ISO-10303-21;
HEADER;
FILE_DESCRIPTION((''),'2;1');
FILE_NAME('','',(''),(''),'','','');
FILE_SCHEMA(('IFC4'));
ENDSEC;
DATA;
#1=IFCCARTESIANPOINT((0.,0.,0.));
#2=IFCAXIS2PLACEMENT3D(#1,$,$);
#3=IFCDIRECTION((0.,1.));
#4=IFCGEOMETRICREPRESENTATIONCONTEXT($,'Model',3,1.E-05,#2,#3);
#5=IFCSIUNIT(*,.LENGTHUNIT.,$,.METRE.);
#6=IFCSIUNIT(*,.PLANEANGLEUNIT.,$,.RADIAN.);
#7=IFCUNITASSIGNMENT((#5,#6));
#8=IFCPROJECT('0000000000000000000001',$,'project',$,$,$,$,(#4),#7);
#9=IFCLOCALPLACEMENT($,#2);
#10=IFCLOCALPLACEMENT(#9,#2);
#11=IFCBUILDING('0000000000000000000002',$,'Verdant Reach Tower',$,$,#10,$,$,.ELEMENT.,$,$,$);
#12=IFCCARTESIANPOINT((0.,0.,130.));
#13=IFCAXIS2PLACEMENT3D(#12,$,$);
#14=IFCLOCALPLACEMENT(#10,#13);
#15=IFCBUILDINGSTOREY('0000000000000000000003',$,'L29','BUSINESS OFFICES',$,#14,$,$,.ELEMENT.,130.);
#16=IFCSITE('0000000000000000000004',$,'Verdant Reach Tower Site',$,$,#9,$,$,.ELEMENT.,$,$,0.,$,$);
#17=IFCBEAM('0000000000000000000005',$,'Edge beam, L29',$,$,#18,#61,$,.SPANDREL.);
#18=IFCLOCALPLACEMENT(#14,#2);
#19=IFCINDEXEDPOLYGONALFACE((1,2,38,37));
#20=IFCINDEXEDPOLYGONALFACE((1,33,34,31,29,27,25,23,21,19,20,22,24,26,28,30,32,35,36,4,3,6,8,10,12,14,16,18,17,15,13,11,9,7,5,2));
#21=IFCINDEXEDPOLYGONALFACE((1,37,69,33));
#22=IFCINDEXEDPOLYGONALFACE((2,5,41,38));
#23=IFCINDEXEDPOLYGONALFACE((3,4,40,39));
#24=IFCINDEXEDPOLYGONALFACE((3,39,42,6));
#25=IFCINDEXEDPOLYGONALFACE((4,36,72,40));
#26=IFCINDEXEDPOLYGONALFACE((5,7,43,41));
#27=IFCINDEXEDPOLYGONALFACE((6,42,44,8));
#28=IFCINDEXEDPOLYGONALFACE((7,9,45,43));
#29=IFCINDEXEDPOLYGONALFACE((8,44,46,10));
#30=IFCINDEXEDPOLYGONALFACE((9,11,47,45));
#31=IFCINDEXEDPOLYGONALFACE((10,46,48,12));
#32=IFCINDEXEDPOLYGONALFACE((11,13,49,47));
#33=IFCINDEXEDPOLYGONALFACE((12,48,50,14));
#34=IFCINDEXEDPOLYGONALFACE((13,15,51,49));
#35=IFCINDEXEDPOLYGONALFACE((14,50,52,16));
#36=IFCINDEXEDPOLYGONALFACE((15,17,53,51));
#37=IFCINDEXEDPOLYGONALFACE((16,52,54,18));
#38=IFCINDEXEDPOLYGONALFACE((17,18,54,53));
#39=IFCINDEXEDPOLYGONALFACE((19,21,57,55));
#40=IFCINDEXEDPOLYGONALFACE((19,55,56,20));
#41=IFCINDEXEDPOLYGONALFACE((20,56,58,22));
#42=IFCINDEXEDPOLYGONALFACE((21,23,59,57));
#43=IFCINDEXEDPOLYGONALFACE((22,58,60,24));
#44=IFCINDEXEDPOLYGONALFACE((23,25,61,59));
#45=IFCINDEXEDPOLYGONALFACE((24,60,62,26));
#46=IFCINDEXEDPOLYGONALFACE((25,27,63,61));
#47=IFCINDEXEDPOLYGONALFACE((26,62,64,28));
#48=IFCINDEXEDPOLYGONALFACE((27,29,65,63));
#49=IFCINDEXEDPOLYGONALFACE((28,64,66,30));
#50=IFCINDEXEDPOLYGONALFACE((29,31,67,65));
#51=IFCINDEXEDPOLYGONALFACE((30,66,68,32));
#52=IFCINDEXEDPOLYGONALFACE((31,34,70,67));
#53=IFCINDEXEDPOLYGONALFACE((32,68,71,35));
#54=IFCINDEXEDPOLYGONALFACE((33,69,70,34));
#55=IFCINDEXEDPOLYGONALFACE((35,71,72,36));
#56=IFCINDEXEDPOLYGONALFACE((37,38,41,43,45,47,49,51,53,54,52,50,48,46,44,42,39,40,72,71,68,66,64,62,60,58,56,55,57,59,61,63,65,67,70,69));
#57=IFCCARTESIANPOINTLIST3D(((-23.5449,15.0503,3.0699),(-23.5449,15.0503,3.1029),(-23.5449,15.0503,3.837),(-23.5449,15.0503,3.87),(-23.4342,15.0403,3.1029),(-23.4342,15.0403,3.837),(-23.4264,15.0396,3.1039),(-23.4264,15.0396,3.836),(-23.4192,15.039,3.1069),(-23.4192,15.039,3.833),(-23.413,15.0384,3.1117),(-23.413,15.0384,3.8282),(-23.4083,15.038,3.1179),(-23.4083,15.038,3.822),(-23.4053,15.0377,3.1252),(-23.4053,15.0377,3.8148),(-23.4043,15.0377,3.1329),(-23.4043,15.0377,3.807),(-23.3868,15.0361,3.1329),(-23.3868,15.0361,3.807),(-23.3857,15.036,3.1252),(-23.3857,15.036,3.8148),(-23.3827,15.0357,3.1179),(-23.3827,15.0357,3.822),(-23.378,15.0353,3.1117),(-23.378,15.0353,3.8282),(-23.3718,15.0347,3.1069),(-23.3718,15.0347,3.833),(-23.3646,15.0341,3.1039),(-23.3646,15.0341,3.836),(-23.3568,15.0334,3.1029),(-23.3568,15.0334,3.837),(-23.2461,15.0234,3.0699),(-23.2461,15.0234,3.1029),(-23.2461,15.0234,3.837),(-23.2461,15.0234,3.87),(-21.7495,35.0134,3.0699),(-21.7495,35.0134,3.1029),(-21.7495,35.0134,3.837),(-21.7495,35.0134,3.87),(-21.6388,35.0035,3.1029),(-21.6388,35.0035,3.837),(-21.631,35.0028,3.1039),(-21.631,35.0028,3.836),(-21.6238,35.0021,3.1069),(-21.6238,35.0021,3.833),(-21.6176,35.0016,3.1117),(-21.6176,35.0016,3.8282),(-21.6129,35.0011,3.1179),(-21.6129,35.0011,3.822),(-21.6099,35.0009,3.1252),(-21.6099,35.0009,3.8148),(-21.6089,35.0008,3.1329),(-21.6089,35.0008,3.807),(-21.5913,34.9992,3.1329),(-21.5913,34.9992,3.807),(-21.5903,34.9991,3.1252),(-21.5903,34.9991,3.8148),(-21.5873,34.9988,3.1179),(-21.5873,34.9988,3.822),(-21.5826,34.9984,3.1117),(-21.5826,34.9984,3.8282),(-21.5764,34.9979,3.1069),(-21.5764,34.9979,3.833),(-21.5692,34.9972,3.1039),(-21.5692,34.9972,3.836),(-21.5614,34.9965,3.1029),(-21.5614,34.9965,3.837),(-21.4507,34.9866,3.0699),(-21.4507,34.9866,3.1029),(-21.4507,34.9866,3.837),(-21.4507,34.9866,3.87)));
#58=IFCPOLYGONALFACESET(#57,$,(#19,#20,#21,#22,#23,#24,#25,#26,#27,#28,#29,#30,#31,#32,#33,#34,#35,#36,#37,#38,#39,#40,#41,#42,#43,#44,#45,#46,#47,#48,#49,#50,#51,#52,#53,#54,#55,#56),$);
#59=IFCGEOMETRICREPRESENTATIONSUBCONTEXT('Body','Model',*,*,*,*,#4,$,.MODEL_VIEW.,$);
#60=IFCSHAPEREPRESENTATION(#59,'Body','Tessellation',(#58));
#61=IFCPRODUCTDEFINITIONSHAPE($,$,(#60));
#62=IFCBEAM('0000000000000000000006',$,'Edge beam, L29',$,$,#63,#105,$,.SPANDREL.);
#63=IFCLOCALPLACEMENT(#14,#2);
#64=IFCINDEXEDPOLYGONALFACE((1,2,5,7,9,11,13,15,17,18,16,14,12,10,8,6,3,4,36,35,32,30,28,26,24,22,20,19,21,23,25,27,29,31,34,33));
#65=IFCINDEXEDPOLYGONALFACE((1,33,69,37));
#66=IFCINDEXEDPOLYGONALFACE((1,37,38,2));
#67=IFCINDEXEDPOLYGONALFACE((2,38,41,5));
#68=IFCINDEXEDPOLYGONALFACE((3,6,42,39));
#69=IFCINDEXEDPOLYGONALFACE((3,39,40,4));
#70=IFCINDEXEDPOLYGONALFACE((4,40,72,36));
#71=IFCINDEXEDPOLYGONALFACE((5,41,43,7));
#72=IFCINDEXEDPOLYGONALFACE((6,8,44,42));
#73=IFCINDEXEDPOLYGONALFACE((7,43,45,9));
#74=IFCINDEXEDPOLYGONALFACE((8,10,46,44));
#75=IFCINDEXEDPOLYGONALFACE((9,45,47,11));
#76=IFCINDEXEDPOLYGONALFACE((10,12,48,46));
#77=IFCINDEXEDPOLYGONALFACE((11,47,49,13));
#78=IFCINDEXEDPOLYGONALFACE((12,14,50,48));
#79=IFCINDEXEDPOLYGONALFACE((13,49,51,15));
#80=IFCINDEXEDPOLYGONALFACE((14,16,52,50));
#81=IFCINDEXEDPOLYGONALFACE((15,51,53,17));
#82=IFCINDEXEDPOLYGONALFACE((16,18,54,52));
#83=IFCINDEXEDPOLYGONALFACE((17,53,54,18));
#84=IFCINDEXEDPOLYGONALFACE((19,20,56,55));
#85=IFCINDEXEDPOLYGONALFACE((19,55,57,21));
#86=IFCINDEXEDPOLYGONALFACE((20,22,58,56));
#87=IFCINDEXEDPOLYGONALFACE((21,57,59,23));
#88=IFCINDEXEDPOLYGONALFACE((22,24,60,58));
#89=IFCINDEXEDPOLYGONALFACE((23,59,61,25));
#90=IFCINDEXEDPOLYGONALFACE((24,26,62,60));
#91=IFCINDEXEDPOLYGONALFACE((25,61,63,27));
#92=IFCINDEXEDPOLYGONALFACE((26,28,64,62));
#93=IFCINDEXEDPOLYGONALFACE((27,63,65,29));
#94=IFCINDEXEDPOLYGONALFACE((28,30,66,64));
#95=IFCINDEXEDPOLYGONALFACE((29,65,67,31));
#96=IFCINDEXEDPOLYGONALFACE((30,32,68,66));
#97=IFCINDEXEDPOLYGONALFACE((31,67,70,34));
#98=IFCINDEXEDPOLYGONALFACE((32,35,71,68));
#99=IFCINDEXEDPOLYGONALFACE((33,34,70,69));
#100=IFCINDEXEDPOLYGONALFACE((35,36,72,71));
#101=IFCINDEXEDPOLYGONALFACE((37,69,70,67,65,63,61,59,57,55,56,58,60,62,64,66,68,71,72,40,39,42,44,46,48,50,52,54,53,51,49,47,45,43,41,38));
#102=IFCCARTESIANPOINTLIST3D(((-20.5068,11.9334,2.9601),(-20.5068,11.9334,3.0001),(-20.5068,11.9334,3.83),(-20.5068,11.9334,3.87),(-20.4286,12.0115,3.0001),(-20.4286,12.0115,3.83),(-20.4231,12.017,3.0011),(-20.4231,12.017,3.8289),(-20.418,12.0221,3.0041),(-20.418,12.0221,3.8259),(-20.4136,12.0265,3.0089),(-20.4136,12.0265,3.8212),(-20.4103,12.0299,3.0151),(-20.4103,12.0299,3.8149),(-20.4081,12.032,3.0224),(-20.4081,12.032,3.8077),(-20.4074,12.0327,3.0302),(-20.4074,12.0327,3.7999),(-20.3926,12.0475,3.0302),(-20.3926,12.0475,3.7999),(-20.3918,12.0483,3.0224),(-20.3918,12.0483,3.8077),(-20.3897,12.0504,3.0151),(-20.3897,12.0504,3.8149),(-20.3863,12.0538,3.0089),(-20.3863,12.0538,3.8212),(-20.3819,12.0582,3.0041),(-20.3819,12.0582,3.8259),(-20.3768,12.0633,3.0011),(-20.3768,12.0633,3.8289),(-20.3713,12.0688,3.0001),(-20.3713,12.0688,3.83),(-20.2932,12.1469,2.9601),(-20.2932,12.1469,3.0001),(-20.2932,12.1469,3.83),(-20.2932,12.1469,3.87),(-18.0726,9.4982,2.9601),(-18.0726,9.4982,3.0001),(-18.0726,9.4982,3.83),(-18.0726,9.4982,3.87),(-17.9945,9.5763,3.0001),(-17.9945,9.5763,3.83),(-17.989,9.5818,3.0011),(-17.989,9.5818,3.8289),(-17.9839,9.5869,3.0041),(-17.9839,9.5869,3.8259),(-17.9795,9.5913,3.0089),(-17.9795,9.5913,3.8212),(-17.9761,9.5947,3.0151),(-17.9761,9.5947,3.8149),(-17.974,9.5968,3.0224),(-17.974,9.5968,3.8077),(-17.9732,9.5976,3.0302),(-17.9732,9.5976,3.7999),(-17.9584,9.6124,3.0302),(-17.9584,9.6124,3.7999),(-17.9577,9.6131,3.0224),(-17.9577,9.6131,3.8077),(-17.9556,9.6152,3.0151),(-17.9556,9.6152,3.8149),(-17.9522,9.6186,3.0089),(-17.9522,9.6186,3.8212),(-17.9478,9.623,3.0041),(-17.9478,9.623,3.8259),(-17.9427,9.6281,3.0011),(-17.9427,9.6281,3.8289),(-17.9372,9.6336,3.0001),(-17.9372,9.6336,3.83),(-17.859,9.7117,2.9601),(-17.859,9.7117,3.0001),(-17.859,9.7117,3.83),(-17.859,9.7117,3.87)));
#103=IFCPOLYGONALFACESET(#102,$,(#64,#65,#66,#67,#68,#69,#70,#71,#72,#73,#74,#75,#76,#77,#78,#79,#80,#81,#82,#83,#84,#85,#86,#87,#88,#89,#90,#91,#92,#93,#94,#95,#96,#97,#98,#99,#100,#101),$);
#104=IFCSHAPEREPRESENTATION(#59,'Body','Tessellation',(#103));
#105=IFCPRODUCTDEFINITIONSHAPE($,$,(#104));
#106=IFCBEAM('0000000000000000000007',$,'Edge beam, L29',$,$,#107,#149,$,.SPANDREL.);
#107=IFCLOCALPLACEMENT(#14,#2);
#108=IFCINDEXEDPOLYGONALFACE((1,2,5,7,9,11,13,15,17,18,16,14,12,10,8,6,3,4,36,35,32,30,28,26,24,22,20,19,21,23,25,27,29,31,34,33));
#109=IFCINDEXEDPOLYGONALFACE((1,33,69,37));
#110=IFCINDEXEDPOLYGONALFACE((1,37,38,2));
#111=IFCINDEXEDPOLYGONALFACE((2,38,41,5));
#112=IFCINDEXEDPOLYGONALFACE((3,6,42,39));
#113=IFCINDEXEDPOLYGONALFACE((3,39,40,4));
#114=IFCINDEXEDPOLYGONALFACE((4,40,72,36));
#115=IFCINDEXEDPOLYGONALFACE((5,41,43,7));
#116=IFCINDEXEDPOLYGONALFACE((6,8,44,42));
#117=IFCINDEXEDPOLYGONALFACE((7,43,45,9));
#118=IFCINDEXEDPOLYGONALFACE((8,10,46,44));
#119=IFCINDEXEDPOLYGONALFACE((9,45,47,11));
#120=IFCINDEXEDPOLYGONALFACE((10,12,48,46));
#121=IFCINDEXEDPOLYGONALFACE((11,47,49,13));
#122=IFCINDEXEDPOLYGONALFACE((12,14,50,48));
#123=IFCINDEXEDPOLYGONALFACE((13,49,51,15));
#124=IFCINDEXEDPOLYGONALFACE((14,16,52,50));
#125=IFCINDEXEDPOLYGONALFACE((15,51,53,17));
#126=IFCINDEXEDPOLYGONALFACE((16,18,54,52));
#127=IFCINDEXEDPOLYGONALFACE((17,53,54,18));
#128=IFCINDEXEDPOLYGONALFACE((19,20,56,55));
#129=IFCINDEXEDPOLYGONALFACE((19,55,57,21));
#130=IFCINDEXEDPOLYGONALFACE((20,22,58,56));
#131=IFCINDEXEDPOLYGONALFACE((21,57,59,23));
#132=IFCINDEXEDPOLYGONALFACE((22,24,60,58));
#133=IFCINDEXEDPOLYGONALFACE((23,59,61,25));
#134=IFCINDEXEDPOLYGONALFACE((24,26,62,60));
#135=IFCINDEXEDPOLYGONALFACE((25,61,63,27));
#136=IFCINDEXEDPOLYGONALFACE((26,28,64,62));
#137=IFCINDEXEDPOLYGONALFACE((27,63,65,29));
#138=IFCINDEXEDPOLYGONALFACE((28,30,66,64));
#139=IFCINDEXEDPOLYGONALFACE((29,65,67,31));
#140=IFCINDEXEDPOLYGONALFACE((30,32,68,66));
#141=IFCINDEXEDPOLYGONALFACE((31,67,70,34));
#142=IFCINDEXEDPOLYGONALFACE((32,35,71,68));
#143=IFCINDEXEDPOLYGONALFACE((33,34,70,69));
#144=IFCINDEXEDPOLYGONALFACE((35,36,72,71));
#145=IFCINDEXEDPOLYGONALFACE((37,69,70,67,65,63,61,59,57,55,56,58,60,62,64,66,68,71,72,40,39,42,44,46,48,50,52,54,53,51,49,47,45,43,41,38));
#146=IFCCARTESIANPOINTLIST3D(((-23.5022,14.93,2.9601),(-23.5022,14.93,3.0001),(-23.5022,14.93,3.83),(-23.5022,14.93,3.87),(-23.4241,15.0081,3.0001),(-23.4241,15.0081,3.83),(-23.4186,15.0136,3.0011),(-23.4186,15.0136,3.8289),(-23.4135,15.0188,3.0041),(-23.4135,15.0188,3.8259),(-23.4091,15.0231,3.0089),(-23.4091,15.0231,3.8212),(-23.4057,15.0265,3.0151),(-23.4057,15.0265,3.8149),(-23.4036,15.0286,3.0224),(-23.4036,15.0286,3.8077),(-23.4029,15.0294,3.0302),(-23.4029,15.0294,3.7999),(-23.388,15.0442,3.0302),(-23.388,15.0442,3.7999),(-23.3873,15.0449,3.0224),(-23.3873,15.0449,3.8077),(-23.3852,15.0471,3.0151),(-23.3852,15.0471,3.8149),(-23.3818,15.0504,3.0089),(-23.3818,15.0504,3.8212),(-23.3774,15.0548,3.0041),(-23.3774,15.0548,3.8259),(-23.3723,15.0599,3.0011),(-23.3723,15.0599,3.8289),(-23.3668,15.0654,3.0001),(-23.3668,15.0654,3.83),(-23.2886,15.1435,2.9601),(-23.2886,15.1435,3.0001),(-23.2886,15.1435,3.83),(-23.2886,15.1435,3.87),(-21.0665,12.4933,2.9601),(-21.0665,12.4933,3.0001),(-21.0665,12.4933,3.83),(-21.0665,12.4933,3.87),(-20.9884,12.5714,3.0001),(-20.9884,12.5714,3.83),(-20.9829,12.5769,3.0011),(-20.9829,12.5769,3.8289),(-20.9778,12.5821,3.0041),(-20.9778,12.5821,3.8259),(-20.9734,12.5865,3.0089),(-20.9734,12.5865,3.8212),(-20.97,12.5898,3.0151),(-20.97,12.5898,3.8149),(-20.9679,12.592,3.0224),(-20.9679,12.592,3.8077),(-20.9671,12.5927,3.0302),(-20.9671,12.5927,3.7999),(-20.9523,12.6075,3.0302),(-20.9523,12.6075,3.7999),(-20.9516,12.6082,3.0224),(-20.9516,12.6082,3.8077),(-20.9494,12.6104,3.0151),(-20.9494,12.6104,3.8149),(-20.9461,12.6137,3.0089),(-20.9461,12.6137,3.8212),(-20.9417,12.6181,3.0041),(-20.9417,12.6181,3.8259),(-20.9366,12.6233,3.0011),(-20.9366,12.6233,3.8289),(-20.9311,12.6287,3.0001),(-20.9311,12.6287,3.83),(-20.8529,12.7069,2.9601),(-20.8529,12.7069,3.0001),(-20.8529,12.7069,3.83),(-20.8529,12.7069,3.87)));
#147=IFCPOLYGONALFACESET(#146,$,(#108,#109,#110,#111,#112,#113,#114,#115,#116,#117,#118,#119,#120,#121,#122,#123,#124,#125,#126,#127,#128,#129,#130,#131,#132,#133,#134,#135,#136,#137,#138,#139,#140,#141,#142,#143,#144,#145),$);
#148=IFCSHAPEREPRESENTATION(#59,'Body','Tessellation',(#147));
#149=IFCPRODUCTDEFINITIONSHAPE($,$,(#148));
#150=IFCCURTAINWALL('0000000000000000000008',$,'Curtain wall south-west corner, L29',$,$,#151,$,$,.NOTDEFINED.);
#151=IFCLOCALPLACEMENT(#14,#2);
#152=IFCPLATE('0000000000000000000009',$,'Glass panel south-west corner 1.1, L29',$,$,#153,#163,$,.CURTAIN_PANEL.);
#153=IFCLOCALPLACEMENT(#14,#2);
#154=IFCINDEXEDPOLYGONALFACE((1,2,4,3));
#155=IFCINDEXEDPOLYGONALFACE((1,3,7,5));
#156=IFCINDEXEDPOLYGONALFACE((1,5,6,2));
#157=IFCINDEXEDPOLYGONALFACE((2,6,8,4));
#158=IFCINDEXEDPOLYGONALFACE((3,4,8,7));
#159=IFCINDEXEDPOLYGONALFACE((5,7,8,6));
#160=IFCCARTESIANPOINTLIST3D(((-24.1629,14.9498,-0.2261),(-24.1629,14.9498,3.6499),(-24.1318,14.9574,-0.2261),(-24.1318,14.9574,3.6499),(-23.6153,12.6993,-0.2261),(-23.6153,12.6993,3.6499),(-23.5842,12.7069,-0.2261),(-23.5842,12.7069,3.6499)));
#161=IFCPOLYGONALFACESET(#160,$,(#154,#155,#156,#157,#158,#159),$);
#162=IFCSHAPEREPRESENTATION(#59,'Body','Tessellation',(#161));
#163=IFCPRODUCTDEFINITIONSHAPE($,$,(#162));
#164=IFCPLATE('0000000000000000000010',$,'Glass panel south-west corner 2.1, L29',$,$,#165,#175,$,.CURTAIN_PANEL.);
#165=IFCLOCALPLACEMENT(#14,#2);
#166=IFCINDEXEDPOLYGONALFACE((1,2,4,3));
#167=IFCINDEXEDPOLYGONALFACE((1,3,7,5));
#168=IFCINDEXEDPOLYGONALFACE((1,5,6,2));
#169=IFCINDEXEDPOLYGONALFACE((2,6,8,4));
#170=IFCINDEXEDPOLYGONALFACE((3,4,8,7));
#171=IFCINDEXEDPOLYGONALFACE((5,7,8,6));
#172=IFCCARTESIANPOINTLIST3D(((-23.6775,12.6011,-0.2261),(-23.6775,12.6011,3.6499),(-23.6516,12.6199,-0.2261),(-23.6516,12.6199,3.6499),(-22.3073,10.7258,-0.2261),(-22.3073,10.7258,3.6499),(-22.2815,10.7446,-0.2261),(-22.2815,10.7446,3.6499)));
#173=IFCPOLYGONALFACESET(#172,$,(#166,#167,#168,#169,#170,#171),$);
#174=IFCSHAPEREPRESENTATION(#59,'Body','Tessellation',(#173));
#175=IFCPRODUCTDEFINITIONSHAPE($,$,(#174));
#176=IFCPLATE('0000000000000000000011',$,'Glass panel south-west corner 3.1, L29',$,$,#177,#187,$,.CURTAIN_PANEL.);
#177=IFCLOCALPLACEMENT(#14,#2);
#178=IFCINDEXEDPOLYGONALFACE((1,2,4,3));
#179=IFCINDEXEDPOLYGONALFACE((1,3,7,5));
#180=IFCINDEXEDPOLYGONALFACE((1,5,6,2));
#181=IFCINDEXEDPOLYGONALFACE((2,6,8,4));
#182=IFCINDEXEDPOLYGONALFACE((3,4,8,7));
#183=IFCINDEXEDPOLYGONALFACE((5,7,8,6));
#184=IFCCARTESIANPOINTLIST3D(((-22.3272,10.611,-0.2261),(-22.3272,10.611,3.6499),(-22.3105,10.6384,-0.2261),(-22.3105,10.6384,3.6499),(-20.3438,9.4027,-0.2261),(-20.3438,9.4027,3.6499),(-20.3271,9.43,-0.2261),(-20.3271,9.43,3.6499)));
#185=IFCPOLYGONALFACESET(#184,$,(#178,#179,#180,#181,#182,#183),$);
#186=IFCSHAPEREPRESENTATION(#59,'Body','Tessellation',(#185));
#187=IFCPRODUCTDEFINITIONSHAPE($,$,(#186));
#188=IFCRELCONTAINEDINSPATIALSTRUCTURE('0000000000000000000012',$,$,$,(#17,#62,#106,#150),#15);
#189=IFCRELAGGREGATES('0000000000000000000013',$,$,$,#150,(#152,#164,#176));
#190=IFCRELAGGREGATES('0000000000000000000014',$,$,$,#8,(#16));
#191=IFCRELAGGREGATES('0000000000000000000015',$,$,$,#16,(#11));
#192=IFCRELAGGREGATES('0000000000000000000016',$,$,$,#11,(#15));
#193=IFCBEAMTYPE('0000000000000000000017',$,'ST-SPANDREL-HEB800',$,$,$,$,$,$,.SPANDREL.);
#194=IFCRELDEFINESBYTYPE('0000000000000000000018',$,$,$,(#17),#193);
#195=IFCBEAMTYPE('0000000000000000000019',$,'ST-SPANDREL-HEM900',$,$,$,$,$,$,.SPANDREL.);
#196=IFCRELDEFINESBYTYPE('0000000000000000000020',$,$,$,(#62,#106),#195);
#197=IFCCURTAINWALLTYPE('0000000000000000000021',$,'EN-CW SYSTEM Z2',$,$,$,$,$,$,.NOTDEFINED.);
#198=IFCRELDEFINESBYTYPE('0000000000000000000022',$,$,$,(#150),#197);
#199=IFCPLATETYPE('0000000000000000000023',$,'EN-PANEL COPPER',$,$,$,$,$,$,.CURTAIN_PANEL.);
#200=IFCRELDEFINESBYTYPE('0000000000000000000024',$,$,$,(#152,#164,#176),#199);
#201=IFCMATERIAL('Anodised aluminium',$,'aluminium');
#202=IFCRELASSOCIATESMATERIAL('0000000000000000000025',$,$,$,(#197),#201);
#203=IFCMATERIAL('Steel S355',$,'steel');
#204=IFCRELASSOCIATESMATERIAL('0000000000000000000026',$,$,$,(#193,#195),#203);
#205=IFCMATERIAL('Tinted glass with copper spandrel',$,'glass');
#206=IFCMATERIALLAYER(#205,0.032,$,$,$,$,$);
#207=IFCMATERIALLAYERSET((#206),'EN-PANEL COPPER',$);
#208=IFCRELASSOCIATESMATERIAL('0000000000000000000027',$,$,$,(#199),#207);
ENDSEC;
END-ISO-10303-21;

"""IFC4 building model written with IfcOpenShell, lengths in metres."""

from ifc_helpers import new_model, si_unit, direction, frame, origin, origin_2d, place, context, subcontext, project, spatial, rectangle, i_section, extrude, material, layer, layer_set, material_profile, profile_set, type_object, element, aggregate, save


model = new_model("IFC4")

# Units and contexts
model_context = context("Model", 3, precision=1e-05, world=origin(), true_north=direction((0.0, 1.0)))
body_context = subcontext(model_context, "Body", "Model", "MODEL_VIEW")
ifc_project = project(units=[si_unit("LENGTHUNIT", "METRE"), si_unit("PLANEANGLEUNIT", "RADIAN")], contexts=[model_context])

# Site, building, storey
site_placement = place(None, origin())
site = spatial("IfcSite", under=ifc_project, at=site_placement, Name="Verdant Reach Tower Site", CompositionType="ELEMENT", RefElevation=0.0)
building_placement = place(site_placement, origin())
building = spatial("IfcBuilding", under=site, at=building_placement, Name="Verdant Reach Tower", CompositionType="ELEMENT")
storey_placement = place(building_placement, frame((0.0, 0.0, 130.0)))
storey = spatial("IfcBuildingStorey", under=building, at=storey_placement, Name="L29", Description="BUSINESS OFFICES", CompositionType="ELEMENT", Elevation=130.0)

# Shared definitions
ifc_material_1 = material(Name="Anodised aluminium", Category="aluminium")
curtain_wall_type = type_object("IfcCurtainWallType", Name="EN-CW SYSTEM Z2", PredefinedType="NOTDEFINED", material=ifc_material_1)

# Beams
ifc_material_2 = material(Name="Steel S355", Category="steel")
ifc_material_profile_1 = material_profile(ifc_material_2, i_section(OverallWidth=0.3, OverallDepth=0.8, WebThickness=0.0176, FlangeThickness=0.033, FilletRadius=0.03, at=origin_2d()), Name="HEB 800")
ifc_profile_set_1 = profile_set([ifc_material_profile_1], Name="Steel S355")
beam_type_1 = type_object("IfcBeamType", Name="ST-SPANDREL-HEB800", PredefinedType="SPANDREL", material=ifc_profile_set_1)
beam_1_placement = place(storey_placement, frame((-23.3955, 15.0369, 3.47), z_axis=(0.089575, 0.99598, 0.0), x_axis=(-0.99598, 0.089575, 0.0)))
element("IfcBeam", 1, at=beam_1_placement, inside=storey, type_object=beam_type_1, Name="Edge beam, L29", PredefinedType="SPANDREL", context=body_context, shape_type="SweptSolid", body=[
    extrude(i_section(OverallWidth=0.3, OverallDepth=0.8, WebThickness=0.0176, FlangeThickness=0.033, FilletRadius=0.03, at=origin_2d()), origin(), (0.0, 0.0, 1.0), 20.0437),
])
ifc_material_profile_2 = material_profile(ifc_material_2, i_section(OverallWidth=0.302, OverallDepth=0.9099, WebThickness=0.021, FlangeThickness=0.04, FilletRadius=0.03, at=origin_2d()), Name="HEM 900")
ifc_profile_set_2 = profile_set([ifc_material_profile_2], Name="Steel S355")
beam_type_2 = type_object("IfcBeamType", Name="ST-SPANDREL-HEM900", PredefinedType="SPANDREL", material=ifc_profile_set_2)
beam_2_placement = place(storey_placement, frame((-17.9658, 9.605, 3.415), z_axis=(-0.706965, 0.707249, 0.0), x_axis=(-0.707249, -0.706965, 0.0)))
element("IfcBeam", 2, at=beam_2_placement, inside=storey, type_object=beam_type_2, Name="Edge beam, L29", PredefinedType="SPANDREL", context=body_context, shape_type="SweptSolid", body=[
    extrude(i_section(OverallWidth=0.302, OverallDepth=0.9099, WebThickness=0.021, FlangeThickness=0.04, FilletRadius=0.03, at=origin_2d()), origin(), (0.0, 0.0, 1.0), 3.4431),
])
beam_3_placement = place(storey_placement, frame((-20.9597, 12.6001, 3.415), z_axis=(-0.706965, 0.707248, 0.0), x_axis=(-0.707248, -0.706965, 0.0)))
element("IfcBeam", 3, at=beam_3_placement, inside=storey, type_object=beam_type_2, Name="Edge beam, L29", PredefinedType="SPANDREL", context=body_context, shape_type="SweptSolid", body=[
    extrude(i_section(OverallWidth=0.302, OverallDepth=0.9099, WebThickness=0.021, FlangeThickness=0.04, FilletRadius=0.03, at=origin_2d()), origin(), (0.0, 0.0, 1.0), 3.4453),
])

# Curtain wall, plates
curtain_wall_1_placement = place(storey_placement, origin())
curtain_wall_1 = element("IfcCurtainWall", 4, at=curtain_wall_1_placement, inside=storey, type_object=curtain_wall_type, Name="Curtain wall south-west corner, L29", PredefinedType="NOTDEFINED")
ifc_material_3 = material(Name="Tinted glass with copper spandrel", Category="glass")
ifc_layer_1 = layer(ifc_material_3, 0.032)
ifc_layer_set_1 = layer_set([ifc_layer_1], Name="EN-PANEL COPPER")
plate_type_1 = type_object("IfcPlateType", Name="EN-PANEL COPPER", PredefinedType="CURTAIN_PANEL", material=ifc_layer_set_1)
plate_1_placement = place(storey_placement, frame((-23.8735, 13.8284, -0.2261), z_axis=(0.0, 0.0, 1.0), x_axis=(0.236416, -0.971652, 0.0)))
plate_1 = element("IfcPlate", 5, at=plate_1_placement, type_object=plate_type_1, Name="Glass panel south-west corner 1.1, L29", PredefinedType="CURTAIN_PANEL", context=body_context, shape_type="SweptSolid", body=[
    extrude(rectangle(XDim=2.3162, YDim=0.032, at=origin_2d()), origin(), (0.0, 0.0, 1.0), 3.876),
])
plate_2_placement = place(storey_placement, frame((-22.9795, 11.6729, -0.2261), z_axis=(0.0, 0.0, 1.0), x_axis=(0.589927, -0.807457, 0.0)))
plate_2 = element("IfcPlate", 6, at=plate_2_placement, type_object=plate_type_1, Name="Glass panel south-west corner 2.1, L29", PredefinedType="CURTAIN_PANEL", context=body_context, shape_type="SweptSolid", body=[
    extrude(rectangle(XDim=2.3225, YDim=0.032, at=origin_2d()), origin(), (0.0, 0.0, 1.0), 3.876),
])
plate_3_placement = place(storey_placement, frame((-21.3271, 10.0205, -0.2261), z_axis=(0.0, 0.0, 1.0), x_axis=(0.853989, -0.520292, 0.0)))
plate_3 = element("IfcPlate", 7, at=plate_3_placement, type_object=plate_type_1, Name="Glass panel south-west corner 3.1, L29", PredefinedType="CURTAIN_PANEL", context=body_context, shape_type="SweptSolid", body=[
    extrude(rectangle(XDim=2.3225, YDim=0.032, at=origin_2d()), origin(), (0.0, 0.0, 1.0), 3.876),
])

aggregate(curtain_wall_1, [plate_1, plate_2, plate_3])

save(model, "model.ifc")
